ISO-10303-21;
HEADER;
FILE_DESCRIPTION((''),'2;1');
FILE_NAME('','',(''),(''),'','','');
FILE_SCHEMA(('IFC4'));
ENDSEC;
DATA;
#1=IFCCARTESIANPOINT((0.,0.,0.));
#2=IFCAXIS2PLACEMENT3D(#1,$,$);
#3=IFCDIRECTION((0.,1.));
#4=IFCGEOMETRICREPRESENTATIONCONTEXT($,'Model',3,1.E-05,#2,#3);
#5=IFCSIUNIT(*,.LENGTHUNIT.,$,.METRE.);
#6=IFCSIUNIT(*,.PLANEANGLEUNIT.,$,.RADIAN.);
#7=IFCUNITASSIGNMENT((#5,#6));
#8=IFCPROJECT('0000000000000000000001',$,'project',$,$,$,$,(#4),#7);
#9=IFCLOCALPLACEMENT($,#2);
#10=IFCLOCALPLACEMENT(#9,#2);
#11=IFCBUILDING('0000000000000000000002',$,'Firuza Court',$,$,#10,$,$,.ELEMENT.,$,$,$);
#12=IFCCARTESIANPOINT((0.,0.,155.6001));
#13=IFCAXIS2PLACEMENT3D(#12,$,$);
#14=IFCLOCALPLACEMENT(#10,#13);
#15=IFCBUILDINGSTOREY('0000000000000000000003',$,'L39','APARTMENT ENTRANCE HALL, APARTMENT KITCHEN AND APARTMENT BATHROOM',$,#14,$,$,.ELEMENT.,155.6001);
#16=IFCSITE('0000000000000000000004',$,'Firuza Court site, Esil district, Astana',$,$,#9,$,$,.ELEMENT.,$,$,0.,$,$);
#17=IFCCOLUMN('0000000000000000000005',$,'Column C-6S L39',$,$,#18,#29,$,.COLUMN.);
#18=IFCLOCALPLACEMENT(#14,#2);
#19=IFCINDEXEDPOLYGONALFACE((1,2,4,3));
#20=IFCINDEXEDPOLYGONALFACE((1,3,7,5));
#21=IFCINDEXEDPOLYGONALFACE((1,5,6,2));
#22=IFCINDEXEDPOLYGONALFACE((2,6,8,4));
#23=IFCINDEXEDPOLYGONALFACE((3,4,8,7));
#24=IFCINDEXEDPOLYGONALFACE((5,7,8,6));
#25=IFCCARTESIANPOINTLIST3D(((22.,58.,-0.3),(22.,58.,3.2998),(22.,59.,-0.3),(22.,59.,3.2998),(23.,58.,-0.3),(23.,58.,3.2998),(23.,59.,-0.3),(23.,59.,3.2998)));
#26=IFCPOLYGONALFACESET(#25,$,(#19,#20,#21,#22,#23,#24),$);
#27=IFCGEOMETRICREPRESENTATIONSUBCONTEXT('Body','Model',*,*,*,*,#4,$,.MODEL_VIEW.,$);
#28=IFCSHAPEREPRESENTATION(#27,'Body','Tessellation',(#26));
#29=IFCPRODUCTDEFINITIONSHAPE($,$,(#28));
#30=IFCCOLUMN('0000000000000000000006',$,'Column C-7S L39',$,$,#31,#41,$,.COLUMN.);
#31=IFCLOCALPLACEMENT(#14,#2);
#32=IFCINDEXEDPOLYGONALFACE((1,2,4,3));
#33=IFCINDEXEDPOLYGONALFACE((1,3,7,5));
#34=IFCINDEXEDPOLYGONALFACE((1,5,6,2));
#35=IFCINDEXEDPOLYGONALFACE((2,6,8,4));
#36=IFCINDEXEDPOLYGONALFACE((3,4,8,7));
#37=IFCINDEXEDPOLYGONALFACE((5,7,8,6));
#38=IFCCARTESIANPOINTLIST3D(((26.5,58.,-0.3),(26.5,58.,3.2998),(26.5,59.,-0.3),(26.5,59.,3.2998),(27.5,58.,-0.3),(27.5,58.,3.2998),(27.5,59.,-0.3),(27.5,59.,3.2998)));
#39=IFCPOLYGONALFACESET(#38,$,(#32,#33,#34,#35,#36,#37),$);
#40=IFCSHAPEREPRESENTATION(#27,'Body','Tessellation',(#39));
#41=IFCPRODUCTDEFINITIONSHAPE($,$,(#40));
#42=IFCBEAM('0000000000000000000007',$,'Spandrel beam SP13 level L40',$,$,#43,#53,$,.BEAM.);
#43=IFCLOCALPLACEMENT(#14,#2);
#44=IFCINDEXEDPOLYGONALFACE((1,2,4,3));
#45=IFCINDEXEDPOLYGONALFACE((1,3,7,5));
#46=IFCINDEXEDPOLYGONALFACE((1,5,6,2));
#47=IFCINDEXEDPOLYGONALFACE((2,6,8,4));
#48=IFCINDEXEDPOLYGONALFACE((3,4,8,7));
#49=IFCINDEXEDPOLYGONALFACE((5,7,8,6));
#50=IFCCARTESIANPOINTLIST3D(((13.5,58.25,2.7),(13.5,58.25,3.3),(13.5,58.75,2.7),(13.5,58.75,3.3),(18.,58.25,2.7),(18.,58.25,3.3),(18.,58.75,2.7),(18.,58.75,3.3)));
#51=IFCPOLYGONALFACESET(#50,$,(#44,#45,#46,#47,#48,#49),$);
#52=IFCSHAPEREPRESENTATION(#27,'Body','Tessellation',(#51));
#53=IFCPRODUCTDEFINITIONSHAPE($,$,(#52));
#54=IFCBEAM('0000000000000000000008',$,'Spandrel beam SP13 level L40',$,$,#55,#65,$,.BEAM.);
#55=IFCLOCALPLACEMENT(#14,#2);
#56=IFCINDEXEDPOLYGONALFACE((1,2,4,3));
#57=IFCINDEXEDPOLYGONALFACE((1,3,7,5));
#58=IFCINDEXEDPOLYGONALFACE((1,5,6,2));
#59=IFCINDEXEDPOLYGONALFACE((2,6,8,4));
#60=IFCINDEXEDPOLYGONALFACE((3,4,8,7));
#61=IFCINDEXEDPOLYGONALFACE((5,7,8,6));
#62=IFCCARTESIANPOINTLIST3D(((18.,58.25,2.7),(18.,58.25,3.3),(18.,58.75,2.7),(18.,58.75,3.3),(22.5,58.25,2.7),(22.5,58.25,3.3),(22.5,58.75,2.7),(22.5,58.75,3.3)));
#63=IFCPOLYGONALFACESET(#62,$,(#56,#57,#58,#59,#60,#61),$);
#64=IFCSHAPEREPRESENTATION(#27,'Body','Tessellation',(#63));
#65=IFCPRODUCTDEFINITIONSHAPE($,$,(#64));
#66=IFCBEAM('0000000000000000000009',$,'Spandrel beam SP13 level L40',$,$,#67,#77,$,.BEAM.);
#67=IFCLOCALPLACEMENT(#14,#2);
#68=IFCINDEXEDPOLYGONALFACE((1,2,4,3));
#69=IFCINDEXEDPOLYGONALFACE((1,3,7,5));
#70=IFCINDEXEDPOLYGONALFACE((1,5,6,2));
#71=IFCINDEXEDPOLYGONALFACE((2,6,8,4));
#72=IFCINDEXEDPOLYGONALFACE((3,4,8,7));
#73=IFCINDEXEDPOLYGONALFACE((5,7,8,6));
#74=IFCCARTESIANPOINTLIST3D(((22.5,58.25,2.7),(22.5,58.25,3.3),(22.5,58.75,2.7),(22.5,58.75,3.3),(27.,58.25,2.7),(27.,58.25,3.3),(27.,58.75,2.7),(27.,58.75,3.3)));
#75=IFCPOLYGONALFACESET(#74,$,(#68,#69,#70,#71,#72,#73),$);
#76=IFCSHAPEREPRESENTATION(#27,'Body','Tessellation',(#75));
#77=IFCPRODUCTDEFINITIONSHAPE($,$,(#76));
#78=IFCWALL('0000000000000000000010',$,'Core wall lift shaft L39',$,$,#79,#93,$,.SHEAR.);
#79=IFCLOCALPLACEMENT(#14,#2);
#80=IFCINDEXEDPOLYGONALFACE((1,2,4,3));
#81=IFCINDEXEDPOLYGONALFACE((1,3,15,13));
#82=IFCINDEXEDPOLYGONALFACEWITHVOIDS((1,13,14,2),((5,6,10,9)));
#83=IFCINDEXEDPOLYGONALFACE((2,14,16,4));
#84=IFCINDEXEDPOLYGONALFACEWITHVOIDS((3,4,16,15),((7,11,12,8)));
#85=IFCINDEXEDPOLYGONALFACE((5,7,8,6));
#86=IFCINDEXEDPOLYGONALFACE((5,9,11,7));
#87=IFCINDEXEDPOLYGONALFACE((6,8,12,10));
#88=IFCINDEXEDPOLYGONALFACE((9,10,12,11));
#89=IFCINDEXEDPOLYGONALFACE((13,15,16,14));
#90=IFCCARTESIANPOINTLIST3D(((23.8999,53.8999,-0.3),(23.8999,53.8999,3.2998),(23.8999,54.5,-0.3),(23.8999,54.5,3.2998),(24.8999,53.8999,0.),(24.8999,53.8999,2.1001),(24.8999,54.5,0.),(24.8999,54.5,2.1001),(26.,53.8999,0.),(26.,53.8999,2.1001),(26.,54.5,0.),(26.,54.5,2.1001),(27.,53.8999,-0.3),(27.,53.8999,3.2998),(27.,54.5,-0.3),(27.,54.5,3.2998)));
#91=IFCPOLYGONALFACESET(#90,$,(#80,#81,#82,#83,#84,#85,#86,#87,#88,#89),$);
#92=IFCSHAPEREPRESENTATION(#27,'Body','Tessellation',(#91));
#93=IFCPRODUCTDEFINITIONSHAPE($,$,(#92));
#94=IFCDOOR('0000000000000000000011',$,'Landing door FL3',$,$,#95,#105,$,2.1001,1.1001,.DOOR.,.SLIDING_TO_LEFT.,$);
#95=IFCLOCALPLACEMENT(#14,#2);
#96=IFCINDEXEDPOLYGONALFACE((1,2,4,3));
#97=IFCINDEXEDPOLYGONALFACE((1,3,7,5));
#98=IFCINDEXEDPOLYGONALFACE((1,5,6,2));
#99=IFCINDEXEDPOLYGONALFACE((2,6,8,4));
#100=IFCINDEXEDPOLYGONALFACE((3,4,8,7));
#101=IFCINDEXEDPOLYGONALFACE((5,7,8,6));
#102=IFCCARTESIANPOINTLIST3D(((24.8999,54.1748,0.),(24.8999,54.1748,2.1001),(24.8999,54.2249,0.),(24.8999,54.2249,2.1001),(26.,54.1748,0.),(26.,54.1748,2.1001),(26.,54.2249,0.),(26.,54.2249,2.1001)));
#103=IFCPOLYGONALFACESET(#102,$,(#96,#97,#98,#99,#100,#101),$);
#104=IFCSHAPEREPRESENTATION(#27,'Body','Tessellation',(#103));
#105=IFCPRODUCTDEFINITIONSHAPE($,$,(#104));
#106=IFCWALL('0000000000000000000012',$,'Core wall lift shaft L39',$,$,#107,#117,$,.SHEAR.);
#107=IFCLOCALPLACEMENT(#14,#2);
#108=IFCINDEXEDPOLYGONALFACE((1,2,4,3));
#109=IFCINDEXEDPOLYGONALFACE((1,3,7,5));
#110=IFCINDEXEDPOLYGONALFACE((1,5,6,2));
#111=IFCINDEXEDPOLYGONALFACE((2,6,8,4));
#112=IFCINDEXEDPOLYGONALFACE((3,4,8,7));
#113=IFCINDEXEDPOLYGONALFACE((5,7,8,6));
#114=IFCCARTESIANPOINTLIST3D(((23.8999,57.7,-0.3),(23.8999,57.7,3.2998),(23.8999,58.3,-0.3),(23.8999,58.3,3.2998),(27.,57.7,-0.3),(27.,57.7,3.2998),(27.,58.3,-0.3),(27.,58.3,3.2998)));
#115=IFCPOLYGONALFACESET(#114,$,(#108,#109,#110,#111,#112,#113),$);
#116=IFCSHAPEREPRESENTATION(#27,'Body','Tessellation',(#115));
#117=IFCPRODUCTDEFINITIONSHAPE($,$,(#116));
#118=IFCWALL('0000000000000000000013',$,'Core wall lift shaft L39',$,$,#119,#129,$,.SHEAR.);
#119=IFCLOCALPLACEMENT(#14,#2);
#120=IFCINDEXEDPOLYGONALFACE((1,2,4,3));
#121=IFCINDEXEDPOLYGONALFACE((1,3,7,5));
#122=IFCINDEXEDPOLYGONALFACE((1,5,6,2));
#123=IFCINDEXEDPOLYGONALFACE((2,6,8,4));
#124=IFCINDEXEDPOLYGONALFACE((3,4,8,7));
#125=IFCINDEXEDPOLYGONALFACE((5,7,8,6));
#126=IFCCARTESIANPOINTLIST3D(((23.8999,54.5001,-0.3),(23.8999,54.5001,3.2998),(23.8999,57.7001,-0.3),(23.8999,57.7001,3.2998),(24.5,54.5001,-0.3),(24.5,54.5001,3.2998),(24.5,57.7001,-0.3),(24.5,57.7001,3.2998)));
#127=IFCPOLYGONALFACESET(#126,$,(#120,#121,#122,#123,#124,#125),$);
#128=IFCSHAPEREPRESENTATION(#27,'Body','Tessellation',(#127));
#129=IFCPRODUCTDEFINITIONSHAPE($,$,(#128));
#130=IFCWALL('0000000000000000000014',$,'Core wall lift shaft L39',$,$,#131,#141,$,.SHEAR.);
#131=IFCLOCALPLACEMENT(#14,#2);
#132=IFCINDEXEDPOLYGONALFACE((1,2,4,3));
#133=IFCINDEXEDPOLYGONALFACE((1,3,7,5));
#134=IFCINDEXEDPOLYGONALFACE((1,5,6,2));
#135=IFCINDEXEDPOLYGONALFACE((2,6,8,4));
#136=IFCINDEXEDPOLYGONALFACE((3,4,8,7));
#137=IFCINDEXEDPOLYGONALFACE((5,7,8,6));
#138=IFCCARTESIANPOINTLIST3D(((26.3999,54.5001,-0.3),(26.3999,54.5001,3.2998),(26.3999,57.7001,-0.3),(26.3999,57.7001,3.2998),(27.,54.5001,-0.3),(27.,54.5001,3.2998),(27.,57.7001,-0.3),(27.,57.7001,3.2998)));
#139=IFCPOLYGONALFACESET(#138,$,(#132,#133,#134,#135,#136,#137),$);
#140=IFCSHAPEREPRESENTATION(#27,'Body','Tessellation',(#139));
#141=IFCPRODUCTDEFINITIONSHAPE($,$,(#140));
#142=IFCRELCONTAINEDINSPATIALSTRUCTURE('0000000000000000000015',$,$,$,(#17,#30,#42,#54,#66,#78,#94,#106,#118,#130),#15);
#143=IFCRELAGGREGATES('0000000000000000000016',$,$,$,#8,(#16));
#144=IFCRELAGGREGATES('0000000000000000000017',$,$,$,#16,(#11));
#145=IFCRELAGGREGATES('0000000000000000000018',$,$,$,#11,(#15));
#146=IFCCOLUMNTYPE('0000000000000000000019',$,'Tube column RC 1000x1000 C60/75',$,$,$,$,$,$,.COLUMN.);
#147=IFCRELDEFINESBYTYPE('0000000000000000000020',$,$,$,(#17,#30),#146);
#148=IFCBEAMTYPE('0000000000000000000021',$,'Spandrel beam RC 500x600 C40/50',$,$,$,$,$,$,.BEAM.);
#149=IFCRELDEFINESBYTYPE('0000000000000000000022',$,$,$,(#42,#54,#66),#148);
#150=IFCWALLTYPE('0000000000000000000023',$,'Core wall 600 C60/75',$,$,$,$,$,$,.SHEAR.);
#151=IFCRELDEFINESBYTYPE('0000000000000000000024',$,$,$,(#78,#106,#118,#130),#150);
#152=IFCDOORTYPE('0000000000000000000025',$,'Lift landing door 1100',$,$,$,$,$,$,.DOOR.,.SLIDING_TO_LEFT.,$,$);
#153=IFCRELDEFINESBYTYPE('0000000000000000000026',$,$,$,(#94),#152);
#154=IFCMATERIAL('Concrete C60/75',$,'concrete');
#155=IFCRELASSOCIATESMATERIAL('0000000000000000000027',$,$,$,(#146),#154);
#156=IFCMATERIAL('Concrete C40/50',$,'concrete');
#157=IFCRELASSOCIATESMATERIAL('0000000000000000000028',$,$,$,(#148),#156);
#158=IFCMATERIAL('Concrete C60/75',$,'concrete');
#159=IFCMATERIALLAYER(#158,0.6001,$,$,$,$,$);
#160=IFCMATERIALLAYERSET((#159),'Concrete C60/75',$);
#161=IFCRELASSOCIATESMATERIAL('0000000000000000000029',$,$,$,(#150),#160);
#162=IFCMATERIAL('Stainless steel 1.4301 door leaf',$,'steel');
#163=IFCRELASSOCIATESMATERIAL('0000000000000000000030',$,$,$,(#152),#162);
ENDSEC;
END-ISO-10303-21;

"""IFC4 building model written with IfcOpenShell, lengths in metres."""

from ifc_helpers import new_model, si_unit, direction, frame, frame_2d, origin, origin_2d, place, context, subcontext, project, spatial, rectangle, extrude, material, layer, layer_set, material_profile, profile_set, type_object, element, fill, save


model = new_model("IFC4")

# Units and contexts
model_context = context("Model", 3, precision=1e-05, world=origin(), true_north=direction((0.0, 1.0)))
body_context = subcontext(model_context, "Body", "Model", "MODEL_VIEW")
ifc_project = project(units=[si_unit("LENGTHUNIT", "METRE"), si_unit("PLANEANGLEUNIT", "RADIAN")], contexts=[model_context])

# Site, building, storey
site_placement = place(None, origin())
site = spatial("IfcSite", under=ifc_project, at=site_placement, Name="Firuza Court site, Esil district, Astana", CompositionType="ELEMENT", RefElevation=0.0)
building_placement = place(site_placement, origin())
building = spatial("IfcBuilding", under=site, at=building_placement, Name="Firuza Court", CompositionType="ELEMENT")
storey_placement = place(building_placement, frame((0.0, 0.0, 155.6001)))
storey = spatial("IfcBuildingStorey", under=building, at=storey_placement, Name="L39", Description="APARTMENT ENTRANCE HALL, APARTMENT KITCHEN AND APARTMENT BATHROOM", CompositionType="ELEMENT", Elevation=155.6001)

# Columns
ifc_material_1 = material(Name="Concrete C60/75", Category="concrete")
ifc_material_profile_1 = material_profile(ifc_material_1, rectangle(XDim=1.0, YDim=1.0, at=origin_2d()), Name="RC 1000x1000")
ifc_profile_set_1 = profile_set([ifc_material_profile_1], Name="Concrete C60/75")
column_type = type_object("IfcColumnType", Name="Tube column RC 1000x1000 C60/75", PredefinedType="COLUMN", material=ifc_profile_set_1)
for number, where, z_axis, x_axis, name in (
    (1, (22.5, 58.5, -0.3), (0.0, 0.0, 1.0), (1.0, 0.0, 0.0), "Column C-6S L39"),
    (2, (27.0, 58.5, -0.3), (0.0, 0.0, 1.0), (1.0, 0.0, 0.0), "Column C-7S L39"),
):
    element("IfcColumn", number, at=place(storey_placement, frame(where, z_axis=z_axis, x_axis=x_axis)), inside=storey, type_object=column_type, Name=name, PredefinedType="COLUMN", context=body_context, shape_type="SweptSolid", body=[
        extrude(rectangle(XDim=1.0, YDim=1.0, at=origin_2d()), origin(), (0.0, 0.0, 1.0), 3.5999),
    ])

# Beams
ifc_material_2 = material(Name="Concrete C40/50", Category="concrete")
ifc_material_profile_2 = material_profile(ifc_material_2, rectangle(XDim=0.5, YDim=0.6001, at=origin_2d()), Name="RC 500x600")
ifc_profile_set_2 = profile_set([ifc_material_profile_2], Name="Concrete C40/50")
beam_type = type_object("IfcBeamType", Name="Spandrel beam RC 500x600 C40/50", PredefinedType="BEAM", material=ifc_profile_set_2)
for number, where, z_axis, x_axis, name in (
    (3, (18.0, 58.5, 3.0), (-1.0, 0.0, 0.0), (0.0, -1.0, 0.0), "Spandrel beam SP13 level L40"),
    (4, (22.5, 58.5, 3.0), (-1.0, 0.0, 0.0), (0.0, -1.0, 0.0), "Spandrel beam SP13 level L40"),
    (5, (27.0, 58.5, 3.0), (-1.0, 0.0, 0.0), (0.0, -1.0, 0.0), "Spandrel beam SP13 level L40"),
):
    element("IfcBeam", number, at=place(storey_placement, frame(where, z_axis=z_axis, x_axis=x_axis)), inside=storey, type_object=beam_type, Name=name, PredefinedType="BEAM", context=body_context, shape_type="SweptSolid", body=[
        extrude(rectangle(XDim=0.5, YDim=0.6001, at=origin_2d()), origin(), (0.0, 0.0, 1.0), 4.5),
    ])

# Wall, opening, door
ifc_material_3 = material(Name="Concrete C60/75", Category="concrete")
ifc_layer_1 = layer(ifc_material_3, 0.6001)
ifc_layer_set_1 = layer_set([ifc_layer_1], Name="Concrete C60/75")
wall_type_1 = type_object("IfcWallType", Name="Core wall 600 C60/75", PredefinedType="SHEAR", material=ifc_layer_set_1)
wall_1_placement = place(storey_placement, frame((23.8999, 54.2, -0.3), z_axis=(0.0, 0.0, 1.0), x_axis=(1.0, 0.0, 0.0)))
wall_1 = element("IfcWall", 6, at=wall_1_placement, inside=storey, type_object=wall_type_1, Name="Core wall lift shaft L39", PredefinedType="SHEAR", context=body_context, shape_type="SweptSolid", body=[
    extrude(rectangle(XDim=3.1001, YDim=0.6001, at=frame_2d((1.55, 0.0))), origin(), (0.0, 0.0, 1.0), 3.5999),
])
opening_1_placement = place(wall_1_placement, frame((1.0, 0.0, 0.3)))
opening_1 = element("IfcOpeningElement", 7, at=opening_1_placement, cuts=wall_1, PredefinedType="OPENING", context=body_context, shape_type="SweptSolid", body=[
    extrude(rectangle(XDim=1.1001, YDim=2.1001, at=frame_2d((0.55, 1.05))), frame((0.0, 0.312, 0.0), z_axis=(0.0, -1.0, 0.0), x_axis=(1.0, 0.0, 0.0)), (0.0, 0.0, 1.0), 0.624),
])
ifc_material_4 = material(Name="Stainless steel 1.4301 door leaf", Category="steel")
door_type_1 = type_object("IfcDoorType", Name="Lift landing door 1100", OperationType="SLIDING_TO_LEFT", PredefinedType="DOOR", material=ifc_material_4)
door_1_placement = place(opening_1_placement, origin())
door_1 = element("IfcDoor", 8, at=door_1_placement, inside=storey, type_object=door_type_1, Name="Landing door FL3", OperationType="SLIDING_TO_LEFT", OverallHeight=2.1001, OverallWidth=1.1001, PredefinedType="DOOR", context=body_context, shape_type="SweptSolid", body=[
    extrude(rectangle(XDim=1.1001, YDim=2.1001, at=frame_2d((0.55, 1.05))), frame((0.0, 0.0249, 0.0), z_axis=(0.0, -1.0, 0.0), x_axis=(1.0, 0.0, 0.0)), (0.0, 0.0, 1.0), 0.05),
])
fill(opening_1, door_1)

# Walls
wall_2_placement = place(storey_placement, frame((23.8999, 58.0, -0.3), z_axis=(0.0, 0.0, 1.0), x_axis=(1.0, 0.0, 0.0)))
element("IfcWall", 9, at=wall_2_placement, inside=storey, type_object=wall_type_1, Name="Core wall lift shaft L39", PredefinedType="SHEAR", context=body_context, shape_type="SweptSolid", body=[
    extrude(rectangle(XDim=3.1001, YDim=0.6001, at=frame_2d((1.55, 0.0))), origin(), (0.0, 0.0, 1.0), 3.5999),
])
for number, where, z_axis, x_axis, name in (
    (10, (24.2, 54.5, -0.3), (0.0, 0.0, 1.0), (0.0, 1.0, 0.0), "Core wall lift shaft L39"),
    (11, (26.7, 54.5, -0.3), (0.0, 0.0, 1.0), (0.0, 1.0, 0.0), "Core wall lift shaft L39"),
):
    element("IfcWall", number, at=place(storey_placement, frame(where, z_axis=z_axis, x_axis=x_axis)), inside=storey, type_object=wall_type_1, Name=name, PredefinedType="SHEAR", context=body_context, shape_type="SweptSolid", body=[
        extrude(rectangle(XDim=3.2, YDim=0.6001, at=frame_2d((1.6001, 0.0))), origin(), (0.0, 0.0, 1.0), 3.5999),
    ])

save(model, "model.ifc")
